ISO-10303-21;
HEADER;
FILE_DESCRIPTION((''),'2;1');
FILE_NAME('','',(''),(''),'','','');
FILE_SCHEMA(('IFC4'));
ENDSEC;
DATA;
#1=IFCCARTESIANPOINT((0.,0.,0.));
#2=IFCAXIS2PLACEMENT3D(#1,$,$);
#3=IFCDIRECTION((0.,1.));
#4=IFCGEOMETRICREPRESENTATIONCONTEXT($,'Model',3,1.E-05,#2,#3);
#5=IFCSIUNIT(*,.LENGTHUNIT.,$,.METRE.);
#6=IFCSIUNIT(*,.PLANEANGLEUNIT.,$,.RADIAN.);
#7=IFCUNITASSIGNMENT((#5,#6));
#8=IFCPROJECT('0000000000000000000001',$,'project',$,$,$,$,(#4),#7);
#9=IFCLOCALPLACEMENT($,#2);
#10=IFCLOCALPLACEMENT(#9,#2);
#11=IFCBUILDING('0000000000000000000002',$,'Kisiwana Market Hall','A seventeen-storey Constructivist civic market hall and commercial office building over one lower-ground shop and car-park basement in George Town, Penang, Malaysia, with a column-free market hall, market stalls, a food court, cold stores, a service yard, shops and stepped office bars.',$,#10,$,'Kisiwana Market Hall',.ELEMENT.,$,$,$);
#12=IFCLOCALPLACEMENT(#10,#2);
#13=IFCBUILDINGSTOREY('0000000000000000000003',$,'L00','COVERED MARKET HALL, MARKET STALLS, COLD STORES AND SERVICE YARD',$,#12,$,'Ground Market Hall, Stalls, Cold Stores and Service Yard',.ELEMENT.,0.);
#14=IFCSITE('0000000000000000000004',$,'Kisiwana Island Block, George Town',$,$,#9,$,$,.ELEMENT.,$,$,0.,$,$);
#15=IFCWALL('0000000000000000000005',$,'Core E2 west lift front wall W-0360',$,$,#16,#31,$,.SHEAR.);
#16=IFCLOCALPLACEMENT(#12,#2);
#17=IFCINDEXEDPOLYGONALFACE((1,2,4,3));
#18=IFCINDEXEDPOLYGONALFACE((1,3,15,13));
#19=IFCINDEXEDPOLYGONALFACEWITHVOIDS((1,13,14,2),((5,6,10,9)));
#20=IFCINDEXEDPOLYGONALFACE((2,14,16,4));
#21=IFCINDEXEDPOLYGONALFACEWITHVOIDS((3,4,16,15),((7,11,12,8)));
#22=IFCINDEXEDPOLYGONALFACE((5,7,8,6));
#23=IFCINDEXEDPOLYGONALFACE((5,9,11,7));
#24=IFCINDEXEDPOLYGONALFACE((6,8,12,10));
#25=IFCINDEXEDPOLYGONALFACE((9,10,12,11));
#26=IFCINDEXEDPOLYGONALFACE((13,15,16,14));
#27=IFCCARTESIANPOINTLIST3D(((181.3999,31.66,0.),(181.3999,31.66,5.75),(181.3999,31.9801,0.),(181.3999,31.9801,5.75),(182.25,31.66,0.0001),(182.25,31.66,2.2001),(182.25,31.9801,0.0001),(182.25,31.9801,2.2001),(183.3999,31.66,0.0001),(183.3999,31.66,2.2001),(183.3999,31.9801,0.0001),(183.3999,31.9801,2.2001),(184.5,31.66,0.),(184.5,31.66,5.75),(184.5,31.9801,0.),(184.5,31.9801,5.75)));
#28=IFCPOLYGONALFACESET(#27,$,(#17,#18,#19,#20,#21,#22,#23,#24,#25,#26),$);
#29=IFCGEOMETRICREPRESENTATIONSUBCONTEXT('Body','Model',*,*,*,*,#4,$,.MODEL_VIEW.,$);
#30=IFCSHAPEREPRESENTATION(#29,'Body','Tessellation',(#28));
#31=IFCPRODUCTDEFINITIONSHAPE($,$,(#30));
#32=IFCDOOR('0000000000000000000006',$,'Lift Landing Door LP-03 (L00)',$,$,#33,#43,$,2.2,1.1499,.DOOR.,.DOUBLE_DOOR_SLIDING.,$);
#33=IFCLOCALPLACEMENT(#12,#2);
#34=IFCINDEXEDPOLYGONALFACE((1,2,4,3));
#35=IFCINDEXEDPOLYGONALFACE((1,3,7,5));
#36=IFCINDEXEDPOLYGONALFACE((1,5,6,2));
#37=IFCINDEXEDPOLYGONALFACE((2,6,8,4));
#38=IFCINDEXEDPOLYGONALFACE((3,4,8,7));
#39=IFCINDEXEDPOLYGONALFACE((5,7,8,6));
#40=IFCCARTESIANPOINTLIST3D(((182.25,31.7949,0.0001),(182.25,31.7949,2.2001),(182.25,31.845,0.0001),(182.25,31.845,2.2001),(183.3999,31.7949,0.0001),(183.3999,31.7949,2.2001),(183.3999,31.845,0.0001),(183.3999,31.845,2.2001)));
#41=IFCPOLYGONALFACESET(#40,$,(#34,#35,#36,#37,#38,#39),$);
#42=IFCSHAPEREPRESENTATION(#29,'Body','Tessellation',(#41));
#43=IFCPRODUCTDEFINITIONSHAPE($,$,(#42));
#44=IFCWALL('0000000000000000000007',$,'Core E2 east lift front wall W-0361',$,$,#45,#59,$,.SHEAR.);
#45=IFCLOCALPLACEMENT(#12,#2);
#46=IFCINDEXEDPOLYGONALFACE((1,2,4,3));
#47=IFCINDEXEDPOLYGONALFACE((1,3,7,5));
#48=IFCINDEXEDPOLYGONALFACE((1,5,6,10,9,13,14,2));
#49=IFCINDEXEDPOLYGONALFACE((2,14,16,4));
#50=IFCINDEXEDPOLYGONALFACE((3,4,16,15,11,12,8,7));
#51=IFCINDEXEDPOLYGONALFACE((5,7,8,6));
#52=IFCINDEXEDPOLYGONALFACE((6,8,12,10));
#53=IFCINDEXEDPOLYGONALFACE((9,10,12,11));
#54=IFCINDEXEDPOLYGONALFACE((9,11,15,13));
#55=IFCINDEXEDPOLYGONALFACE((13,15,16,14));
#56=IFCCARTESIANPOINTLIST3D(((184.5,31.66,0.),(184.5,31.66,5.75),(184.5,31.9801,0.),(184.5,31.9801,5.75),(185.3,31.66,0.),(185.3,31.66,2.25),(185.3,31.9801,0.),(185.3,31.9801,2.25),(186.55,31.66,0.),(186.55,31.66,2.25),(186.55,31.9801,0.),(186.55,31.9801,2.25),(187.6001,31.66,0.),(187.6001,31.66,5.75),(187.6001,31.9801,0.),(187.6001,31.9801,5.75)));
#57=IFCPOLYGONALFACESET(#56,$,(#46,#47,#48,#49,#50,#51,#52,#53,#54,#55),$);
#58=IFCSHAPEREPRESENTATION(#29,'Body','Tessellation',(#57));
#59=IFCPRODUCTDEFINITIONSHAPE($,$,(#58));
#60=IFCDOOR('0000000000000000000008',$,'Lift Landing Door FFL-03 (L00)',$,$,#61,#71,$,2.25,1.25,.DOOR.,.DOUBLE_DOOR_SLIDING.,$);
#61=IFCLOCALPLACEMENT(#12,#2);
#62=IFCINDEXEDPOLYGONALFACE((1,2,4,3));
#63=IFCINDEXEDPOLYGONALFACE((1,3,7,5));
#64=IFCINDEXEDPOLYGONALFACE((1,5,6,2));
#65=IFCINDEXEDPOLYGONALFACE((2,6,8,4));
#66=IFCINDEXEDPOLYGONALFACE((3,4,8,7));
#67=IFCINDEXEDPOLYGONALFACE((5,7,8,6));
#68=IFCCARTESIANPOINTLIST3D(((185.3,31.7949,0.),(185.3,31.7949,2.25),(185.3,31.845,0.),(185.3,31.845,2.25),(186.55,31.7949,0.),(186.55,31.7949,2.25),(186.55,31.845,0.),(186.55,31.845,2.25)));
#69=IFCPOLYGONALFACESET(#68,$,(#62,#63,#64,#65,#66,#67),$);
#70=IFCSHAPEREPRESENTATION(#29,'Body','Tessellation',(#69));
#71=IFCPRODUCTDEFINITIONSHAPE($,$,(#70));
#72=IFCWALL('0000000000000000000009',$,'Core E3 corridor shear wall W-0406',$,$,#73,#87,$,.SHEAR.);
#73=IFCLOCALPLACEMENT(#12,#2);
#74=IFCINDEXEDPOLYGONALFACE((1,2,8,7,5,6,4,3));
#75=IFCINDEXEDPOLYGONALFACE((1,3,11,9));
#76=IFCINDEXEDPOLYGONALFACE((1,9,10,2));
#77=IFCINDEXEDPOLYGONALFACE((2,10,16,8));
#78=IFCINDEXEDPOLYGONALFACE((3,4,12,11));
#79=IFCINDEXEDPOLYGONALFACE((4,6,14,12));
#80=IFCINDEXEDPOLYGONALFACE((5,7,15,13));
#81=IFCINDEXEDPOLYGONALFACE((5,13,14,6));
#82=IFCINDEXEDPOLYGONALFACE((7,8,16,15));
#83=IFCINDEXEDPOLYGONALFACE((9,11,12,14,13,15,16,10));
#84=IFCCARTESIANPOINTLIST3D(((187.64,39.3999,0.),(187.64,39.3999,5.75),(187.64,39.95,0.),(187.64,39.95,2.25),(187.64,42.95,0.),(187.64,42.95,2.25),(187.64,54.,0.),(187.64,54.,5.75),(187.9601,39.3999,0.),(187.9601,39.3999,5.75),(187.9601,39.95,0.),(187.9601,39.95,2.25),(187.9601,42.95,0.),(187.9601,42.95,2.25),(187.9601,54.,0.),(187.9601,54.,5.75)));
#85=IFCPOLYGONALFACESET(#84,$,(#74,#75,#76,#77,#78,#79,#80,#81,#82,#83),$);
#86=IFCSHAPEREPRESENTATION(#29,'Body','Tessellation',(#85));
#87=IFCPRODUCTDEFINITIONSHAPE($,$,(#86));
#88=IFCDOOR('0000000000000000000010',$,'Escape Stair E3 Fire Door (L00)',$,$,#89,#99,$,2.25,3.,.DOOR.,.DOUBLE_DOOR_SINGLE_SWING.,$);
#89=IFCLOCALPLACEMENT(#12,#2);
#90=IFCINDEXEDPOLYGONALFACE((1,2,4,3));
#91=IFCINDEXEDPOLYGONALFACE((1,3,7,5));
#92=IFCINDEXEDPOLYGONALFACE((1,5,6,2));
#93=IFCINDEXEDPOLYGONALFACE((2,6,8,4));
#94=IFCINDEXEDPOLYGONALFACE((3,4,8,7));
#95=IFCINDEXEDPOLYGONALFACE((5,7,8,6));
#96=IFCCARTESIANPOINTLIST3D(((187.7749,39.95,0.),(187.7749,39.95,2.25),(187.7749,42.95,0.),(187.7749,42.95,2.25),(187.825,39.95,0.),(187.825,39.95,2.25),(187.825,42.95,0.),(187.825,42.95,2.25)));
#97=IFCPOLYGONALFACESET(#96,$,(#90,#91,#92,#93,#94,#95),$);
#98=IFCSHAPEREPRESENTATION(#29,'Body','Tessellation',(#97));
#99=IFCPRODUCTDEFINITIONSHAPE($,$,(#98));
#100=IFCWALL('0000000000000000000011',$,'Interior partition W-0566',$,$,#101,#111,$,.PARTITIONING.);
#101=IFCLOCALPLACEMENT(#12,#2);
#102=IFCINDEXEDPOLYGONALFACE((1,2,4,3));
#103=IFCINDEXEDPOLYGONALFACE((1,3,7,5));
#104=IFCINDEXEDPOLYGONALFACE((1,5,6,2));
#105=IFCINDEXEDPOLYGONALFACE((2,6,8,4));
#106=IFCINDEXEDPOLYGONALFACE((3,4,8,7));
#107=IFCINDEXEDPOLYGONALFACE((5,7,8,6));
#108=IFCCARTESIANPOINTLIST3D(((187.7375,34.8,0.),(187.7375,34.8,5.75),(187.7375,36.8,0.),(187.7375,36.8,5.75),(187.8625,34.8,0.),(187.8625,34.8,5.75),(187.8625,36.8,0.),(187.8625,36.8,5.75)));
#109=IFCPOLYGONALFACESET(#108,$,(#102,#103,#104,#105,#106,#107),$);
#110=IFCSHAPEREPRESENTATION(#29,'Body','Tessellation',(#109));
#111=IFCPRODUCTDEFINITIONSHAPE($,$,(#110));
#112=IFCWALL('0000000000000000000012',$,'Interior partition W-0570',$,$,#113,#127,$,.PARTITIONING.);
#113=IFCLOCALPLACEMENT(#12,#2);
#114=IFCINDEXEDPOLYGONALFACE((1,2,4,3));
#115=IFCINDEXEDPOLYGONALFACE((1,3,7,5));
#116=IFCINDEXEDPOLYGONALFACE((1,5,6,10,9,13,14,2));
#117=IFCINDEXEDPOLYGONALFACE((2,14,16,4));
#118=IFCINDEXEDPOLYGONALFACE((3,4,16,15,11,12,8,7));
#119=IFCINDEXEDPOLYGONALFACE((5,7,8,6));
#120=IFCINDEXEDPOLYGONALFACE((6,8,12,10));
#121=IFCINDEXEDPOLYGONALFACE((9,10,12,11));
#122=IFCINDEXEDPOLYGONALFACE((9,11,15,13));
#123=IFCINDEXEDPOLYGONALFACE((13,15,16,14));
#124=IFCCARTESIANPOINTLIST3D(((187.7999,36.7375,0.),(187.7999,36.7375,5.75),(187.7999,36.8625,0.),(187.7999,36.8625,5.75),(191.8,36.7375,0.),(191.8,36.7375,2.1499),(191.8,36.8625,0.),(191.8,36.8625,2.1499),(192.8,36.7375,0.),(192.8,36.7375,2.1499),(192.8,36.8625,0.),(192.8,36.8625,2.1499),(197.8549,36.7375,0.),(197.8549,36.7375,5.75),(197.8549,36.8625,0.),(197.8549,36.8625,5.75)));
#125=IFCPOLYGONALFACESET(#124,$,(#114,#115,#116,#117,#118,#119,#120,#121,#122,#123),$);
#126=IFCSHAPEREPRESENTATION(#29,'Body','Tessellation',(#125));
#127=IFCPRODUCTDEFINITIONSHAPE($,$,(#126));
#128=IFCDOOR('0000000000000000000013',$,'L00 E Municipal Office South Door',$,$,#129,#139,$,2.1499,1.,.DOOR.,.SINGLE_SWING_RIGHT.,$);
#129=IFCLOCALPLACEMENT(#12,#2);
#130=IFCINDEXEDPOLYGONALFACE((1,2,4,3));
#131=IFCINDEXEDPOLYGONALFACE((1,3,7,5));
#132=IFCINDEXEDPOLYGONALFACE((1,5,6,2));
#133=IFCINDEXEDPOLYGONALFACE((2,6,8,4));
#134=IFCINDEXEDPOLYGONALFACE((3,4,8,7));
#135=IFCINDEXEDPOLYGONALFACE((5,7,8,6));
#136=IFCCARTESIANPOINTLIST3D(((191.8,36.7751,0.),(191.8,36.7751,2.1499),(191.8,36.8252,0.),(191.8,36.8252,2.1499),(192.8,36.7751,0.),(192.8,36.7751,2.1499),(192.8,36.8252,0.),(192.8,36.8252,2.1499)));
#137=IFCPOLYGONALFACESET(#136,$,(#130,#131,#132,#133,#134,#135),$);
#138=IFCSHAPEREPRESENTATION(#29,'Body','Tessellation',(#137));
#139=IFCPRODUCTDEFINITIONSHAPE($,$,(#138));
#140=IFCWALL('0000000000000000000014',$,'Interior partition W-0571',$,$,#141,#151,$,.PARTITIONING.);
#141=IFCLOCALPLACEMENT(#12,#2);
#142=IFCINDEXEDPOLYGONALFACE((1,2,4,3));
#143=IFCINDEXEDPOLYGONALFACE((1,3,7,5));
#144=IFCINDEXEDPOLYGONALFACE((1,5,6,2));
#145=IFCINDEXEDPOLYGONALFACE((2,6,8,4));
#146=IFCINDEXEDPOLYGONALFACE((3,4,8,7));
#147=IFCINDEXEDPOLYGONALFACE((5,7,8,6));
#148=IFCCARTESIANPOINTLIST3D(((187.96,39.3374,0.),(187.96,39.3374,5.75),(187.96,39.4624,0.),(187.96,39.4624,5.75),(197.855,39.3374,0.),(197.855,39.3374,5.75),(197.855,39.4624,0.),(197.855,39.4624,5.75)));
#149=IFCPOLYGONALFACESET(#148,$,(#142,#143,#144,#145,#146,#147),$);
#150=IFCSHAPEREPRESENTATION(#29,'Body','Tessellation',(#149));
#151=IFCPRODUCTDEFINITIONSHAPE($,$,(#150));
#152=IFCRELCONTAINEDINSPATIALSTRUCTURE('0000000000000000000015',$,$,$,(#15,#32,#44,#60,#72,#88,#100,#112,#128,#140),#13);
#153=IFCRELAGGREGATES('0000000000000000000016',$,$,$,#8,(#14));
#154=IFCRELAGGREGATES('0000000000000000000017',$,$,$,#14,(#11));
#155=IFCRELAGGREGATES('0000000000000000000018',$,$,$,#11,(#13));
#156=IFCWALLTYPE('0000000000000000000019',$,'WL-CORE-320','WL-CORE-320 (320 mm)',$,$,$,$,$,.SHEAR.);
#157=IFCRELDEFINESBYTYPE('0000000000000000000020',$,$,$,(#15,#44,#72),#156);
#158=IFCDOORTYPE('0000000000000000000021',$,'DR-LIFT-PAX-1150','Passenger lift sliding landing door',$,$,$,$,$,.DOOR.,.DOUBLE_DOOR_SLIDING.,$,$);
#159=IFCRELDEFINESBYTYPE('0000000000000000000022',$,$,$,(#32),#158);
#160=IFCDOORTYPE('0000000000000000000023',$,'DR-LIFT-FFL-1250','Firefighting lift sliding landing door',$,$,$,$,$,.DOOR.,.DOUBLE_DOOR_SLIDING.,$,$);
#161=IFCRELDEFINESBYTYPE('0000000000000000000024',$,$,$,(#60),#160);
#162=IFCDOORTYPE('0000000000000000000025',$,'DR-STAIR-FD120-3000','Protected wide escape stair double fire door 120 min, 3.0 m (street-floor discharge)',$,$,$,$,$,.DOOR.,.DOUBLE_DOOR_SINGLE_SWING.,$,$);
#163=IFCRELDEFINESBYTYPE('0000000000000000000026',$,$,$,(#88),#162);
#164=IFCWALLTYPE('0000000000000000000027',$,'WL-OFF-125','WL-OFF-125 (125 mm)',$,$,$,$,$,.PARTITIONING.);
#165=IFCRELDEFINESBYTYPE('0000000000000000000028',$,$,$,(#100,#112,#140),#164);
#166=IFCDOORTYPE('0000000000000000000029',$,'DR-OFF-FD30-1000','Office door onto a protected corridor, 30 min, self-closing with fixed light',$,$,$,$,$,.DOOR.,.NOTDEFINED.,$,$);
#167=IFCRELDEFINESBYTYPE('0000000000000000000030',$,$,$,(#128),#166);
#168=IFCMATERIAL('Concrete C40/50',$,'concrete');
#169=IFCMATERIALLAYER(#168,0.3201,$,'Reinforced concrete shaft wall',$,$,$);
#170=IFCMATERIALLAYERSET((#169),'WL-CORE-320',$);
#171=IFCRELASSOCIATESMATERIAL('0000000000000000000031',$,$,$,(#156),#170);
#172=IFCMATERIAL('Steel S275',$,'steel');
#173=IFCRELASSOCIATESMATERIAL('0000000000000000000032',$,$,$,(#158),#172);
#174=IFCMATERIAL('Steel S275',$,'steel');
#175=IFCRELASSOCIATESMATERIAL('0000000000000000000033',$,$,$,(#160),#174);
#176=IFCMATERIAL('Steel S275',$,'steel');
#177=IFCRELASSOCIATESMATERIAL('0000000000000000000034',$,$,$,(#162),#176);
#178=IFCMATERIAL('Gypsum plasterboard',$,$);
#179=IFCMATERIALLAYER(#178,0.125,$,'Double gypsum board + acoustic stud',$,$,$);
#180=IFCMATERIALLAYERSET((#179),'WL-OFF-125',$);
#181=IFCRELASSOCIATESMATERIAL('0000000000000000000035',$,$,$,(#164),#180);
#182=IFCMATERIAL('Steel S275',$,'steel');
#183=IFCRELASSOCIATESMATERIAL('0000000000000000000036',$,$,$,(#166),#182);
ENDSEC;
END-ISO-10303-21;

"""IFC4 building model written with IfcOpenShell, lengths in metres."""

from ifc_helpers import new_model, si_unit, direction, frame, frame_2d, origin, place, context, subcontext, project, spatial, rectangle, extrude, material, layer, layer_set, type_object, element, fill, save


model = new_model("IFC4")

# Units and contexts
model_context = context("Model", 3, precision=1e-05, world=origin(), true_north=direction((0.0, 1.0)))
body_context = subcontext(model_context, "Body", "Model", "MODEL_VIEW")
ifc_project = project(units=[si_unit("LENGTHUNIT", "METRE"), si_unit("PLANEANGLEUNIT", "RADIAN")], contexts=[model_context])

# Site, building, storey
site_placement = place(None, origin())
site = spatial("IfcSite", under=ifc_project, at=site_placement, Name="Kisiwana Island Block, George Town", CompositionType="ELEMENT", RefElevation=0.0)
building_placement = place(site_placement, origin())
building = spatial("IfcBuilding", under=site, at=building_placement, Name="Kisiwana Market Hall", Description="A seventeen-storey Constructivist civic market hall and commercial office building over one lower-ground shop and car-park basement in George Town, Penang, Malaysia, with a column-free market hall, market stalls, a food court, cold stores, a service yard, shops and stepped office bars.", LongName="Kisiwana Market Hall", CompositionType="ELEMENT")
storey_placement = place(building_placement, origin())
storey = spatial("IfcBuildingStorey", under=building, at=storey_placement, Name="L00", Description="COVERED MARKET HALL, MARKET STALLS, COLD STORES AND SERVICE YARD", LongName="Ground Market Hall, Stalls, Cold Stores and Service Yard", CompositionType="ELEMENT", Elevation=0.0)

# Walls, openings, doors
ifc_material_1 = material(Name="Concrete C40/50", Category="concrete")
ifc_layer_1 = layer(ifc_material_1, 0.3201, Name="Reinforced concrete shaft wall")
ifc_layer_set_1 = layer_set([ifc_layer_1], Name="WL-CORE-320")
wall_type_1 = type_object("IfcWallType", Name="WL-CORE-320", Description="WL-CORE-320 (320 mm)", PredefinedType="SHEAR", material=ifc_layer_set_1)
wall_1_placement = place(storey_placement, frame((181.3999, 31.8201, 0.0), z_axis=(0.0, 0.0, 1.0), x_axis=(1.0, 0.0, 0.0)))
wall_1 = element("IfcWall", 1, at=wall_1_placement, inside=storey, type_object=wall_type_1, Name="Core E2 west lift front wall W-0360", PredefinedType="SHEAR", context=body_context, shape_type="SweptSolid", body=[
    extrude(rectangle(XDim=3.1001, YDim=0.3201, at=frame_2d((1.55, 0.0))), origin(), (0.0, 0.0, 1.0), 5.75),
])
opening_1_placement = place(wall_1_placement, frame((0.8501, 0.0, 0.0)))
opening_1 = element("IfcOpeningElement", 2, at=opening_1_placement, cuts=wall_1, PredefinedType="OPENING", context=body_context, shape_type="SweptSolid", body=[
    extrude(rectangle(XDim=1.1499, YDim=2.2, at=frame_2d((0.575, 1.1001))), frame((0.0, 0.1719, 0.0), z_axis=(0.0, -1.0, 0.0), x_axis=(1.0, 0.0, 0.0)), (0.0, 0.0, 1.0), 0.344),
])
ifc_material_2 = material(Name="Steel S275", Category="steel")
door_type_1 = type_object("IfcDoorType", Name="DR-LIFT-PAX-1150", Description="Passenger lift sliding landing door", OperationType="DOUBLE_DOOR_SLIDING", PredefinedType="DOOR", material=ifc_material_2)
door_1_placement = place(opening_1_placement, origin())
door_1 = element("IfcDoor", 3, at=door_1_placement, inside=storey, type_object=door_type_1, Name="Lift Landing Door LP-03 (L00)", OperationType="DOUBLE_DOOR_SLIDING", OverallHeight=2.2, OverallWidth=1.1499, PredefinedType="DOOR", context=body_context, shape_type="SweptSolid", body=[
    extrude(rectangle(XDim=1.1499, YDim=2.2, at=frame_2d((0.575, 1.1001))), frame((0.0, 0.0249, 0.0), z_axis=(0.0, -1.0, 0.0), x_axis=(1.0, 0.0, 0.0)), (0.0, 0.0, 1.0), 0.05),
])
fill(opening_1, door_1)
wall_2_placement = place(storey_placement, frame((184.5, 31.8201, 0.0), z_axis=(0.0, 0.0, 1.0), x_axis=(1.0, 0.0, 0.0)))
wall_2 = element("IfcWall", 4, at=wall_2_placement, inside=storey, type_object=wall_type_1, Name="Core E2 east lift front wall W-0361", PredefinedType="SHEAR", context=body_context, shape_type="SweptSolid", body=[
    extrude(rectangle(XDim=3.1001, YDim=0.3201, at=frame_2d((1.55, 0.0))), origin(), (0.0, 0.0, 1.0), 5.75),
])
opening_2_placement = place(wall_2_placement, frame((0.8, 0.0, 0.0)))
opening_2 = element("IfcOpeningElement", 5, at=opening_2_placement, cuts=wall_2, PredefinedType="OPENING", context=body_context, shape_type="SweptSolid", body=[
    extrude(rectangle(XDim=1.25, YDim=2.25, at=frame_2d((0.625, 1.125))), frame((0.0, 0.1719, 0.0), z_axis=(0.0, -1.0, 0.0), x_axis=(1.0, 0.0, 0.0)), (0.0, 0.0, 1.0), 0.344),
])
ifc_material_3 = material(Name="Steel S275", Category="steel")
door_type_2 = type_object("IfcDoorType", Name="DR-LIFT-FFL-1250", Description="Firefighting lift sliding landing door", OperationType="DOUBLE_DOOR_SLIDING", PredefinedType="DOOR", material=ifc_material_3)
door_2_placement = place(opening_2_placement, origin())
door_2 = element("IfcDoor", 6, at=door_2_placement, inside=storey, type_object=door_type_2, Name="Lift Landing Door FFL-03 (L00)", OperationType="DOUBLE_DOOR_SLIDING", OverallHeight=2.25, OverallWidth=1.25, PredefinedType="DOOR", context=body_context, shape_type="SweptSolid", body=[
    extrude(rectangle(XDim=1.25, YDim=2.25, at=frame_2d((0.625, 1.125))), frame((0.0, 0.0249, 0.0), z_axis=(0.0, -1.0, 0.0), x_axis=(1.0, 0.0, 0.0)), (0.0, 0.0, 1.0), 0.05),
])
fill(opening_2, door_2)
wall_3_placement = place(storey_placement, frame((187.8, 39.3999, 0.0), z_axis=(0.0, 0.0, 1.0), x_axis=(0.0, 1.0, 0.0)))
wall_3 = element("IfcWall", 7, at=wall_3_placement, inside=storey, type_object=wall_type_1, Name="Core E3 corridor shear wall W-0406", PredefinedType="SHEAR", context=body_context, shape_type="SweptSolid", body=[
    extrude(rectangle(XDim=14.6001, YDim=0.3201, at=frame_2d((7.3, 0.0))), origin(), (0.0, 0.0, 1.0), 5.75),
])
opening_3_placement = place(wall_3_placement, frame((0.55, 0.0, 0.0)))
opening_3 = element("IfcOpeningElement", 8, at=opening_3_placement, cuts=wall_3, PredefinedType="OPENING", context=body_context, shape_type="SweptSolid", body=[
    extrude(rectangle(XDim=3.0, YDim=2.25, at=frame_2d((1.5, 1.125))), frame((0.0, 0.1719, 0.0), z_axis=(0.0, -1.0, 0.0), x_axis=(1.0, 0.0, 0.0)), (0.0, 0.0, 1.0), 0.344),
])
ifc_material_4 = material(Name="Steel S275", Category="steel")
door_type_3 = type_object("IfcDoorType", Name="DR-STAIR-FD120-3000", Description="Protected wide escape stair double fire door 120 min, 3.0 m (street-floor discharge)", OperationType="DOUBLE_DOOR_SINGLE_SWING", PredefinedType="DOOR", material=ifc_material_4)
door_3_placement = place(opening_3_placement, frame((3.0, 0.0, 0.0), z_axis=(0.0, 0.0, 1.0), x_axis=(-1.0, 0.0, 0.0)))
door_3 = element("IfcDoor", 9, at=door_3_placement, inside=storey, type_object=door_type_3, Name="Escape Stair E3 Fire Door (L00)", OperationType="DOUBLE_DOOR_SINGLE_SWING", OverallHeight=2.25, OverallWidth=3.0, PredefinedType="DOOR", context=body_context, shape_type="SweptSolid", body=[
    extrude(rectangle(XDim=3.0, YDim=2.25, at=frame_2d((1.5, 1.125))), frame((0.0, 0.0249, 0.0), z_axis=(0.0, -1.0, 0.0), x_axis=(1.0, 0.0, 0.0)), (0.0, 0.0, 1.0), 0.05),
])
fill(opening_3, door_3)

# Wall
ifc_material_5 = material(Name="Gypsum plasterboard")
ifc_layer_2 = layer(ifc_material_5, 0.125, Name="Double gypsum board + acoustic stud")
ifc_layer_set_2 = layer_set([ifc_layer_2], Name="WL-OFF-125")
wall_type_2 = type_object("IfcWallType", Name="WL-OFF-125", Description="WL-OFF-125 (125 mm)", PredefinedType="PARTITIONING", material=ifc_layer_set_2)
wall_4_placement = place(storey_placement, frame((187.8, 34.8, 0.0), z_axis=(0.0, 0.0, 1.0), x_axis=(0.0, 1.0, 0.0)))
element("IfcWall", 10, at=wall_4_placement, inside=storey, type_object=wall_type_2, Name="Interior partition W-0566", PredefinedType="PARTITIONING", context=body_context, shape_type="SweptSolid", body=[
    extrude(rectangle(XDim=2.0, YDim=0.125, at=frame_2d((1.0, 0.0))), origin(), (0.0, 0.0, 1.0), 5.75),
])

# Wall, opening, door
wall_5_placement = place(storey_placement, frame((187.8, 36.8, 0.0), z_axis=(0.0, 0.0, 1.0), x_axis=(1.0, 0.0, 0.0)))
wall_5 = element("IfcWall", 11, at=wall_5_placement, inside=storey, type_object=wall_type_2, Name="Interior partition W-0570", PredefinedType="PARTITIONING", context=body_context, shape_type="SweptSolid", body=[
    extrude(rectangle(XDim=10.0549, YDim=0.125, at=frame_2d((5.0273, 0.0))), origin(), (0.0, 0.0, 1.0), 5.75),
])
opening_4_placement = place(wall_5_placement, frame((4.0, 0.0, 0.0)))
opening_4 = element("IfcOpeningElement", 12, at=opening_4_placement, cuts=wall_5, PredefinedType="OPENING", context=body_context, shape_type="SweptSolid", body=[
    extrude(rectangle(XDim=1.0, YDim=2.1499, at=frame_2d((0.5, 1.075))), frame((0.0, 0.0745, 0.0), z_axis=(0.0, -1.0, 0.0), x_axis=(1.0, 0.0, 0.0)), (0.0, 0.0, 1.0), 0.1489),
])
ifc_material_6 = material(Name="Steel S275", Category="steel")
door_type_4 = type_object("IfcDoorType", Name="DR-OFF-FD30-1000", Description="Office door onto a protected corridor, 30 min, self-closing with fixed light", OperationType="NOTDEFINED", PredefinedType="DOOR", material=ifc_material_6)
door_4_placement = place(opening_4_placement, frame((1.0, 0.0, 0.0), z_axis=(0.0, 0.0, 1.0), x_axis=(-1.0, 0.0, 0.0)))
door_4 = element("IfcDoor", 13, at=door_4_placement, inside=storey, type_object=door_type_4, Name="L00 E Municipal Office South Door", OperationType="SINGLE_SWING_RIGHT", OverallHeight=2.1499, OverallWidth=1.0, PredefinedType="DOOR", context=body_context, shape_type="SweptSolid", body=[
    extrude(rectangle(XDim=1.0, YDim=2.1499, at=frame_2d((0.5, 1.075))), frame((0.0, 0.0249, 0.0), z_axis=(0.0, -1.0, 0.0), x_axis=(1.0, 0.0, 0.0)), (0.0, 0.0, 1.0), 0.05),
])
fill(opening_4, door_4)

# Wall
wall_6_placement = place(storey_placement, frame((187.96, 39.3999, 0.0), z_axis=(0.0, 0.0, 1.0), x_axis=(1.0, 0.0, 0.0)))
element("IfcWall", 14, at=wall_6_placement, inside=storey, type_object=wall_type_2, Name="Interior partition W-0571", PredefinedType="PARTITIONING", context=body_context, shape_type="SweptSolid", body=[
    extrude(rectangle(XDim=9.895, YDim=0.125, at=frame_2d((4.9475, 0.0))), origin(), (0.0, 0.0, 1.0), 5.75),
])

save(model, "model.ifc")
